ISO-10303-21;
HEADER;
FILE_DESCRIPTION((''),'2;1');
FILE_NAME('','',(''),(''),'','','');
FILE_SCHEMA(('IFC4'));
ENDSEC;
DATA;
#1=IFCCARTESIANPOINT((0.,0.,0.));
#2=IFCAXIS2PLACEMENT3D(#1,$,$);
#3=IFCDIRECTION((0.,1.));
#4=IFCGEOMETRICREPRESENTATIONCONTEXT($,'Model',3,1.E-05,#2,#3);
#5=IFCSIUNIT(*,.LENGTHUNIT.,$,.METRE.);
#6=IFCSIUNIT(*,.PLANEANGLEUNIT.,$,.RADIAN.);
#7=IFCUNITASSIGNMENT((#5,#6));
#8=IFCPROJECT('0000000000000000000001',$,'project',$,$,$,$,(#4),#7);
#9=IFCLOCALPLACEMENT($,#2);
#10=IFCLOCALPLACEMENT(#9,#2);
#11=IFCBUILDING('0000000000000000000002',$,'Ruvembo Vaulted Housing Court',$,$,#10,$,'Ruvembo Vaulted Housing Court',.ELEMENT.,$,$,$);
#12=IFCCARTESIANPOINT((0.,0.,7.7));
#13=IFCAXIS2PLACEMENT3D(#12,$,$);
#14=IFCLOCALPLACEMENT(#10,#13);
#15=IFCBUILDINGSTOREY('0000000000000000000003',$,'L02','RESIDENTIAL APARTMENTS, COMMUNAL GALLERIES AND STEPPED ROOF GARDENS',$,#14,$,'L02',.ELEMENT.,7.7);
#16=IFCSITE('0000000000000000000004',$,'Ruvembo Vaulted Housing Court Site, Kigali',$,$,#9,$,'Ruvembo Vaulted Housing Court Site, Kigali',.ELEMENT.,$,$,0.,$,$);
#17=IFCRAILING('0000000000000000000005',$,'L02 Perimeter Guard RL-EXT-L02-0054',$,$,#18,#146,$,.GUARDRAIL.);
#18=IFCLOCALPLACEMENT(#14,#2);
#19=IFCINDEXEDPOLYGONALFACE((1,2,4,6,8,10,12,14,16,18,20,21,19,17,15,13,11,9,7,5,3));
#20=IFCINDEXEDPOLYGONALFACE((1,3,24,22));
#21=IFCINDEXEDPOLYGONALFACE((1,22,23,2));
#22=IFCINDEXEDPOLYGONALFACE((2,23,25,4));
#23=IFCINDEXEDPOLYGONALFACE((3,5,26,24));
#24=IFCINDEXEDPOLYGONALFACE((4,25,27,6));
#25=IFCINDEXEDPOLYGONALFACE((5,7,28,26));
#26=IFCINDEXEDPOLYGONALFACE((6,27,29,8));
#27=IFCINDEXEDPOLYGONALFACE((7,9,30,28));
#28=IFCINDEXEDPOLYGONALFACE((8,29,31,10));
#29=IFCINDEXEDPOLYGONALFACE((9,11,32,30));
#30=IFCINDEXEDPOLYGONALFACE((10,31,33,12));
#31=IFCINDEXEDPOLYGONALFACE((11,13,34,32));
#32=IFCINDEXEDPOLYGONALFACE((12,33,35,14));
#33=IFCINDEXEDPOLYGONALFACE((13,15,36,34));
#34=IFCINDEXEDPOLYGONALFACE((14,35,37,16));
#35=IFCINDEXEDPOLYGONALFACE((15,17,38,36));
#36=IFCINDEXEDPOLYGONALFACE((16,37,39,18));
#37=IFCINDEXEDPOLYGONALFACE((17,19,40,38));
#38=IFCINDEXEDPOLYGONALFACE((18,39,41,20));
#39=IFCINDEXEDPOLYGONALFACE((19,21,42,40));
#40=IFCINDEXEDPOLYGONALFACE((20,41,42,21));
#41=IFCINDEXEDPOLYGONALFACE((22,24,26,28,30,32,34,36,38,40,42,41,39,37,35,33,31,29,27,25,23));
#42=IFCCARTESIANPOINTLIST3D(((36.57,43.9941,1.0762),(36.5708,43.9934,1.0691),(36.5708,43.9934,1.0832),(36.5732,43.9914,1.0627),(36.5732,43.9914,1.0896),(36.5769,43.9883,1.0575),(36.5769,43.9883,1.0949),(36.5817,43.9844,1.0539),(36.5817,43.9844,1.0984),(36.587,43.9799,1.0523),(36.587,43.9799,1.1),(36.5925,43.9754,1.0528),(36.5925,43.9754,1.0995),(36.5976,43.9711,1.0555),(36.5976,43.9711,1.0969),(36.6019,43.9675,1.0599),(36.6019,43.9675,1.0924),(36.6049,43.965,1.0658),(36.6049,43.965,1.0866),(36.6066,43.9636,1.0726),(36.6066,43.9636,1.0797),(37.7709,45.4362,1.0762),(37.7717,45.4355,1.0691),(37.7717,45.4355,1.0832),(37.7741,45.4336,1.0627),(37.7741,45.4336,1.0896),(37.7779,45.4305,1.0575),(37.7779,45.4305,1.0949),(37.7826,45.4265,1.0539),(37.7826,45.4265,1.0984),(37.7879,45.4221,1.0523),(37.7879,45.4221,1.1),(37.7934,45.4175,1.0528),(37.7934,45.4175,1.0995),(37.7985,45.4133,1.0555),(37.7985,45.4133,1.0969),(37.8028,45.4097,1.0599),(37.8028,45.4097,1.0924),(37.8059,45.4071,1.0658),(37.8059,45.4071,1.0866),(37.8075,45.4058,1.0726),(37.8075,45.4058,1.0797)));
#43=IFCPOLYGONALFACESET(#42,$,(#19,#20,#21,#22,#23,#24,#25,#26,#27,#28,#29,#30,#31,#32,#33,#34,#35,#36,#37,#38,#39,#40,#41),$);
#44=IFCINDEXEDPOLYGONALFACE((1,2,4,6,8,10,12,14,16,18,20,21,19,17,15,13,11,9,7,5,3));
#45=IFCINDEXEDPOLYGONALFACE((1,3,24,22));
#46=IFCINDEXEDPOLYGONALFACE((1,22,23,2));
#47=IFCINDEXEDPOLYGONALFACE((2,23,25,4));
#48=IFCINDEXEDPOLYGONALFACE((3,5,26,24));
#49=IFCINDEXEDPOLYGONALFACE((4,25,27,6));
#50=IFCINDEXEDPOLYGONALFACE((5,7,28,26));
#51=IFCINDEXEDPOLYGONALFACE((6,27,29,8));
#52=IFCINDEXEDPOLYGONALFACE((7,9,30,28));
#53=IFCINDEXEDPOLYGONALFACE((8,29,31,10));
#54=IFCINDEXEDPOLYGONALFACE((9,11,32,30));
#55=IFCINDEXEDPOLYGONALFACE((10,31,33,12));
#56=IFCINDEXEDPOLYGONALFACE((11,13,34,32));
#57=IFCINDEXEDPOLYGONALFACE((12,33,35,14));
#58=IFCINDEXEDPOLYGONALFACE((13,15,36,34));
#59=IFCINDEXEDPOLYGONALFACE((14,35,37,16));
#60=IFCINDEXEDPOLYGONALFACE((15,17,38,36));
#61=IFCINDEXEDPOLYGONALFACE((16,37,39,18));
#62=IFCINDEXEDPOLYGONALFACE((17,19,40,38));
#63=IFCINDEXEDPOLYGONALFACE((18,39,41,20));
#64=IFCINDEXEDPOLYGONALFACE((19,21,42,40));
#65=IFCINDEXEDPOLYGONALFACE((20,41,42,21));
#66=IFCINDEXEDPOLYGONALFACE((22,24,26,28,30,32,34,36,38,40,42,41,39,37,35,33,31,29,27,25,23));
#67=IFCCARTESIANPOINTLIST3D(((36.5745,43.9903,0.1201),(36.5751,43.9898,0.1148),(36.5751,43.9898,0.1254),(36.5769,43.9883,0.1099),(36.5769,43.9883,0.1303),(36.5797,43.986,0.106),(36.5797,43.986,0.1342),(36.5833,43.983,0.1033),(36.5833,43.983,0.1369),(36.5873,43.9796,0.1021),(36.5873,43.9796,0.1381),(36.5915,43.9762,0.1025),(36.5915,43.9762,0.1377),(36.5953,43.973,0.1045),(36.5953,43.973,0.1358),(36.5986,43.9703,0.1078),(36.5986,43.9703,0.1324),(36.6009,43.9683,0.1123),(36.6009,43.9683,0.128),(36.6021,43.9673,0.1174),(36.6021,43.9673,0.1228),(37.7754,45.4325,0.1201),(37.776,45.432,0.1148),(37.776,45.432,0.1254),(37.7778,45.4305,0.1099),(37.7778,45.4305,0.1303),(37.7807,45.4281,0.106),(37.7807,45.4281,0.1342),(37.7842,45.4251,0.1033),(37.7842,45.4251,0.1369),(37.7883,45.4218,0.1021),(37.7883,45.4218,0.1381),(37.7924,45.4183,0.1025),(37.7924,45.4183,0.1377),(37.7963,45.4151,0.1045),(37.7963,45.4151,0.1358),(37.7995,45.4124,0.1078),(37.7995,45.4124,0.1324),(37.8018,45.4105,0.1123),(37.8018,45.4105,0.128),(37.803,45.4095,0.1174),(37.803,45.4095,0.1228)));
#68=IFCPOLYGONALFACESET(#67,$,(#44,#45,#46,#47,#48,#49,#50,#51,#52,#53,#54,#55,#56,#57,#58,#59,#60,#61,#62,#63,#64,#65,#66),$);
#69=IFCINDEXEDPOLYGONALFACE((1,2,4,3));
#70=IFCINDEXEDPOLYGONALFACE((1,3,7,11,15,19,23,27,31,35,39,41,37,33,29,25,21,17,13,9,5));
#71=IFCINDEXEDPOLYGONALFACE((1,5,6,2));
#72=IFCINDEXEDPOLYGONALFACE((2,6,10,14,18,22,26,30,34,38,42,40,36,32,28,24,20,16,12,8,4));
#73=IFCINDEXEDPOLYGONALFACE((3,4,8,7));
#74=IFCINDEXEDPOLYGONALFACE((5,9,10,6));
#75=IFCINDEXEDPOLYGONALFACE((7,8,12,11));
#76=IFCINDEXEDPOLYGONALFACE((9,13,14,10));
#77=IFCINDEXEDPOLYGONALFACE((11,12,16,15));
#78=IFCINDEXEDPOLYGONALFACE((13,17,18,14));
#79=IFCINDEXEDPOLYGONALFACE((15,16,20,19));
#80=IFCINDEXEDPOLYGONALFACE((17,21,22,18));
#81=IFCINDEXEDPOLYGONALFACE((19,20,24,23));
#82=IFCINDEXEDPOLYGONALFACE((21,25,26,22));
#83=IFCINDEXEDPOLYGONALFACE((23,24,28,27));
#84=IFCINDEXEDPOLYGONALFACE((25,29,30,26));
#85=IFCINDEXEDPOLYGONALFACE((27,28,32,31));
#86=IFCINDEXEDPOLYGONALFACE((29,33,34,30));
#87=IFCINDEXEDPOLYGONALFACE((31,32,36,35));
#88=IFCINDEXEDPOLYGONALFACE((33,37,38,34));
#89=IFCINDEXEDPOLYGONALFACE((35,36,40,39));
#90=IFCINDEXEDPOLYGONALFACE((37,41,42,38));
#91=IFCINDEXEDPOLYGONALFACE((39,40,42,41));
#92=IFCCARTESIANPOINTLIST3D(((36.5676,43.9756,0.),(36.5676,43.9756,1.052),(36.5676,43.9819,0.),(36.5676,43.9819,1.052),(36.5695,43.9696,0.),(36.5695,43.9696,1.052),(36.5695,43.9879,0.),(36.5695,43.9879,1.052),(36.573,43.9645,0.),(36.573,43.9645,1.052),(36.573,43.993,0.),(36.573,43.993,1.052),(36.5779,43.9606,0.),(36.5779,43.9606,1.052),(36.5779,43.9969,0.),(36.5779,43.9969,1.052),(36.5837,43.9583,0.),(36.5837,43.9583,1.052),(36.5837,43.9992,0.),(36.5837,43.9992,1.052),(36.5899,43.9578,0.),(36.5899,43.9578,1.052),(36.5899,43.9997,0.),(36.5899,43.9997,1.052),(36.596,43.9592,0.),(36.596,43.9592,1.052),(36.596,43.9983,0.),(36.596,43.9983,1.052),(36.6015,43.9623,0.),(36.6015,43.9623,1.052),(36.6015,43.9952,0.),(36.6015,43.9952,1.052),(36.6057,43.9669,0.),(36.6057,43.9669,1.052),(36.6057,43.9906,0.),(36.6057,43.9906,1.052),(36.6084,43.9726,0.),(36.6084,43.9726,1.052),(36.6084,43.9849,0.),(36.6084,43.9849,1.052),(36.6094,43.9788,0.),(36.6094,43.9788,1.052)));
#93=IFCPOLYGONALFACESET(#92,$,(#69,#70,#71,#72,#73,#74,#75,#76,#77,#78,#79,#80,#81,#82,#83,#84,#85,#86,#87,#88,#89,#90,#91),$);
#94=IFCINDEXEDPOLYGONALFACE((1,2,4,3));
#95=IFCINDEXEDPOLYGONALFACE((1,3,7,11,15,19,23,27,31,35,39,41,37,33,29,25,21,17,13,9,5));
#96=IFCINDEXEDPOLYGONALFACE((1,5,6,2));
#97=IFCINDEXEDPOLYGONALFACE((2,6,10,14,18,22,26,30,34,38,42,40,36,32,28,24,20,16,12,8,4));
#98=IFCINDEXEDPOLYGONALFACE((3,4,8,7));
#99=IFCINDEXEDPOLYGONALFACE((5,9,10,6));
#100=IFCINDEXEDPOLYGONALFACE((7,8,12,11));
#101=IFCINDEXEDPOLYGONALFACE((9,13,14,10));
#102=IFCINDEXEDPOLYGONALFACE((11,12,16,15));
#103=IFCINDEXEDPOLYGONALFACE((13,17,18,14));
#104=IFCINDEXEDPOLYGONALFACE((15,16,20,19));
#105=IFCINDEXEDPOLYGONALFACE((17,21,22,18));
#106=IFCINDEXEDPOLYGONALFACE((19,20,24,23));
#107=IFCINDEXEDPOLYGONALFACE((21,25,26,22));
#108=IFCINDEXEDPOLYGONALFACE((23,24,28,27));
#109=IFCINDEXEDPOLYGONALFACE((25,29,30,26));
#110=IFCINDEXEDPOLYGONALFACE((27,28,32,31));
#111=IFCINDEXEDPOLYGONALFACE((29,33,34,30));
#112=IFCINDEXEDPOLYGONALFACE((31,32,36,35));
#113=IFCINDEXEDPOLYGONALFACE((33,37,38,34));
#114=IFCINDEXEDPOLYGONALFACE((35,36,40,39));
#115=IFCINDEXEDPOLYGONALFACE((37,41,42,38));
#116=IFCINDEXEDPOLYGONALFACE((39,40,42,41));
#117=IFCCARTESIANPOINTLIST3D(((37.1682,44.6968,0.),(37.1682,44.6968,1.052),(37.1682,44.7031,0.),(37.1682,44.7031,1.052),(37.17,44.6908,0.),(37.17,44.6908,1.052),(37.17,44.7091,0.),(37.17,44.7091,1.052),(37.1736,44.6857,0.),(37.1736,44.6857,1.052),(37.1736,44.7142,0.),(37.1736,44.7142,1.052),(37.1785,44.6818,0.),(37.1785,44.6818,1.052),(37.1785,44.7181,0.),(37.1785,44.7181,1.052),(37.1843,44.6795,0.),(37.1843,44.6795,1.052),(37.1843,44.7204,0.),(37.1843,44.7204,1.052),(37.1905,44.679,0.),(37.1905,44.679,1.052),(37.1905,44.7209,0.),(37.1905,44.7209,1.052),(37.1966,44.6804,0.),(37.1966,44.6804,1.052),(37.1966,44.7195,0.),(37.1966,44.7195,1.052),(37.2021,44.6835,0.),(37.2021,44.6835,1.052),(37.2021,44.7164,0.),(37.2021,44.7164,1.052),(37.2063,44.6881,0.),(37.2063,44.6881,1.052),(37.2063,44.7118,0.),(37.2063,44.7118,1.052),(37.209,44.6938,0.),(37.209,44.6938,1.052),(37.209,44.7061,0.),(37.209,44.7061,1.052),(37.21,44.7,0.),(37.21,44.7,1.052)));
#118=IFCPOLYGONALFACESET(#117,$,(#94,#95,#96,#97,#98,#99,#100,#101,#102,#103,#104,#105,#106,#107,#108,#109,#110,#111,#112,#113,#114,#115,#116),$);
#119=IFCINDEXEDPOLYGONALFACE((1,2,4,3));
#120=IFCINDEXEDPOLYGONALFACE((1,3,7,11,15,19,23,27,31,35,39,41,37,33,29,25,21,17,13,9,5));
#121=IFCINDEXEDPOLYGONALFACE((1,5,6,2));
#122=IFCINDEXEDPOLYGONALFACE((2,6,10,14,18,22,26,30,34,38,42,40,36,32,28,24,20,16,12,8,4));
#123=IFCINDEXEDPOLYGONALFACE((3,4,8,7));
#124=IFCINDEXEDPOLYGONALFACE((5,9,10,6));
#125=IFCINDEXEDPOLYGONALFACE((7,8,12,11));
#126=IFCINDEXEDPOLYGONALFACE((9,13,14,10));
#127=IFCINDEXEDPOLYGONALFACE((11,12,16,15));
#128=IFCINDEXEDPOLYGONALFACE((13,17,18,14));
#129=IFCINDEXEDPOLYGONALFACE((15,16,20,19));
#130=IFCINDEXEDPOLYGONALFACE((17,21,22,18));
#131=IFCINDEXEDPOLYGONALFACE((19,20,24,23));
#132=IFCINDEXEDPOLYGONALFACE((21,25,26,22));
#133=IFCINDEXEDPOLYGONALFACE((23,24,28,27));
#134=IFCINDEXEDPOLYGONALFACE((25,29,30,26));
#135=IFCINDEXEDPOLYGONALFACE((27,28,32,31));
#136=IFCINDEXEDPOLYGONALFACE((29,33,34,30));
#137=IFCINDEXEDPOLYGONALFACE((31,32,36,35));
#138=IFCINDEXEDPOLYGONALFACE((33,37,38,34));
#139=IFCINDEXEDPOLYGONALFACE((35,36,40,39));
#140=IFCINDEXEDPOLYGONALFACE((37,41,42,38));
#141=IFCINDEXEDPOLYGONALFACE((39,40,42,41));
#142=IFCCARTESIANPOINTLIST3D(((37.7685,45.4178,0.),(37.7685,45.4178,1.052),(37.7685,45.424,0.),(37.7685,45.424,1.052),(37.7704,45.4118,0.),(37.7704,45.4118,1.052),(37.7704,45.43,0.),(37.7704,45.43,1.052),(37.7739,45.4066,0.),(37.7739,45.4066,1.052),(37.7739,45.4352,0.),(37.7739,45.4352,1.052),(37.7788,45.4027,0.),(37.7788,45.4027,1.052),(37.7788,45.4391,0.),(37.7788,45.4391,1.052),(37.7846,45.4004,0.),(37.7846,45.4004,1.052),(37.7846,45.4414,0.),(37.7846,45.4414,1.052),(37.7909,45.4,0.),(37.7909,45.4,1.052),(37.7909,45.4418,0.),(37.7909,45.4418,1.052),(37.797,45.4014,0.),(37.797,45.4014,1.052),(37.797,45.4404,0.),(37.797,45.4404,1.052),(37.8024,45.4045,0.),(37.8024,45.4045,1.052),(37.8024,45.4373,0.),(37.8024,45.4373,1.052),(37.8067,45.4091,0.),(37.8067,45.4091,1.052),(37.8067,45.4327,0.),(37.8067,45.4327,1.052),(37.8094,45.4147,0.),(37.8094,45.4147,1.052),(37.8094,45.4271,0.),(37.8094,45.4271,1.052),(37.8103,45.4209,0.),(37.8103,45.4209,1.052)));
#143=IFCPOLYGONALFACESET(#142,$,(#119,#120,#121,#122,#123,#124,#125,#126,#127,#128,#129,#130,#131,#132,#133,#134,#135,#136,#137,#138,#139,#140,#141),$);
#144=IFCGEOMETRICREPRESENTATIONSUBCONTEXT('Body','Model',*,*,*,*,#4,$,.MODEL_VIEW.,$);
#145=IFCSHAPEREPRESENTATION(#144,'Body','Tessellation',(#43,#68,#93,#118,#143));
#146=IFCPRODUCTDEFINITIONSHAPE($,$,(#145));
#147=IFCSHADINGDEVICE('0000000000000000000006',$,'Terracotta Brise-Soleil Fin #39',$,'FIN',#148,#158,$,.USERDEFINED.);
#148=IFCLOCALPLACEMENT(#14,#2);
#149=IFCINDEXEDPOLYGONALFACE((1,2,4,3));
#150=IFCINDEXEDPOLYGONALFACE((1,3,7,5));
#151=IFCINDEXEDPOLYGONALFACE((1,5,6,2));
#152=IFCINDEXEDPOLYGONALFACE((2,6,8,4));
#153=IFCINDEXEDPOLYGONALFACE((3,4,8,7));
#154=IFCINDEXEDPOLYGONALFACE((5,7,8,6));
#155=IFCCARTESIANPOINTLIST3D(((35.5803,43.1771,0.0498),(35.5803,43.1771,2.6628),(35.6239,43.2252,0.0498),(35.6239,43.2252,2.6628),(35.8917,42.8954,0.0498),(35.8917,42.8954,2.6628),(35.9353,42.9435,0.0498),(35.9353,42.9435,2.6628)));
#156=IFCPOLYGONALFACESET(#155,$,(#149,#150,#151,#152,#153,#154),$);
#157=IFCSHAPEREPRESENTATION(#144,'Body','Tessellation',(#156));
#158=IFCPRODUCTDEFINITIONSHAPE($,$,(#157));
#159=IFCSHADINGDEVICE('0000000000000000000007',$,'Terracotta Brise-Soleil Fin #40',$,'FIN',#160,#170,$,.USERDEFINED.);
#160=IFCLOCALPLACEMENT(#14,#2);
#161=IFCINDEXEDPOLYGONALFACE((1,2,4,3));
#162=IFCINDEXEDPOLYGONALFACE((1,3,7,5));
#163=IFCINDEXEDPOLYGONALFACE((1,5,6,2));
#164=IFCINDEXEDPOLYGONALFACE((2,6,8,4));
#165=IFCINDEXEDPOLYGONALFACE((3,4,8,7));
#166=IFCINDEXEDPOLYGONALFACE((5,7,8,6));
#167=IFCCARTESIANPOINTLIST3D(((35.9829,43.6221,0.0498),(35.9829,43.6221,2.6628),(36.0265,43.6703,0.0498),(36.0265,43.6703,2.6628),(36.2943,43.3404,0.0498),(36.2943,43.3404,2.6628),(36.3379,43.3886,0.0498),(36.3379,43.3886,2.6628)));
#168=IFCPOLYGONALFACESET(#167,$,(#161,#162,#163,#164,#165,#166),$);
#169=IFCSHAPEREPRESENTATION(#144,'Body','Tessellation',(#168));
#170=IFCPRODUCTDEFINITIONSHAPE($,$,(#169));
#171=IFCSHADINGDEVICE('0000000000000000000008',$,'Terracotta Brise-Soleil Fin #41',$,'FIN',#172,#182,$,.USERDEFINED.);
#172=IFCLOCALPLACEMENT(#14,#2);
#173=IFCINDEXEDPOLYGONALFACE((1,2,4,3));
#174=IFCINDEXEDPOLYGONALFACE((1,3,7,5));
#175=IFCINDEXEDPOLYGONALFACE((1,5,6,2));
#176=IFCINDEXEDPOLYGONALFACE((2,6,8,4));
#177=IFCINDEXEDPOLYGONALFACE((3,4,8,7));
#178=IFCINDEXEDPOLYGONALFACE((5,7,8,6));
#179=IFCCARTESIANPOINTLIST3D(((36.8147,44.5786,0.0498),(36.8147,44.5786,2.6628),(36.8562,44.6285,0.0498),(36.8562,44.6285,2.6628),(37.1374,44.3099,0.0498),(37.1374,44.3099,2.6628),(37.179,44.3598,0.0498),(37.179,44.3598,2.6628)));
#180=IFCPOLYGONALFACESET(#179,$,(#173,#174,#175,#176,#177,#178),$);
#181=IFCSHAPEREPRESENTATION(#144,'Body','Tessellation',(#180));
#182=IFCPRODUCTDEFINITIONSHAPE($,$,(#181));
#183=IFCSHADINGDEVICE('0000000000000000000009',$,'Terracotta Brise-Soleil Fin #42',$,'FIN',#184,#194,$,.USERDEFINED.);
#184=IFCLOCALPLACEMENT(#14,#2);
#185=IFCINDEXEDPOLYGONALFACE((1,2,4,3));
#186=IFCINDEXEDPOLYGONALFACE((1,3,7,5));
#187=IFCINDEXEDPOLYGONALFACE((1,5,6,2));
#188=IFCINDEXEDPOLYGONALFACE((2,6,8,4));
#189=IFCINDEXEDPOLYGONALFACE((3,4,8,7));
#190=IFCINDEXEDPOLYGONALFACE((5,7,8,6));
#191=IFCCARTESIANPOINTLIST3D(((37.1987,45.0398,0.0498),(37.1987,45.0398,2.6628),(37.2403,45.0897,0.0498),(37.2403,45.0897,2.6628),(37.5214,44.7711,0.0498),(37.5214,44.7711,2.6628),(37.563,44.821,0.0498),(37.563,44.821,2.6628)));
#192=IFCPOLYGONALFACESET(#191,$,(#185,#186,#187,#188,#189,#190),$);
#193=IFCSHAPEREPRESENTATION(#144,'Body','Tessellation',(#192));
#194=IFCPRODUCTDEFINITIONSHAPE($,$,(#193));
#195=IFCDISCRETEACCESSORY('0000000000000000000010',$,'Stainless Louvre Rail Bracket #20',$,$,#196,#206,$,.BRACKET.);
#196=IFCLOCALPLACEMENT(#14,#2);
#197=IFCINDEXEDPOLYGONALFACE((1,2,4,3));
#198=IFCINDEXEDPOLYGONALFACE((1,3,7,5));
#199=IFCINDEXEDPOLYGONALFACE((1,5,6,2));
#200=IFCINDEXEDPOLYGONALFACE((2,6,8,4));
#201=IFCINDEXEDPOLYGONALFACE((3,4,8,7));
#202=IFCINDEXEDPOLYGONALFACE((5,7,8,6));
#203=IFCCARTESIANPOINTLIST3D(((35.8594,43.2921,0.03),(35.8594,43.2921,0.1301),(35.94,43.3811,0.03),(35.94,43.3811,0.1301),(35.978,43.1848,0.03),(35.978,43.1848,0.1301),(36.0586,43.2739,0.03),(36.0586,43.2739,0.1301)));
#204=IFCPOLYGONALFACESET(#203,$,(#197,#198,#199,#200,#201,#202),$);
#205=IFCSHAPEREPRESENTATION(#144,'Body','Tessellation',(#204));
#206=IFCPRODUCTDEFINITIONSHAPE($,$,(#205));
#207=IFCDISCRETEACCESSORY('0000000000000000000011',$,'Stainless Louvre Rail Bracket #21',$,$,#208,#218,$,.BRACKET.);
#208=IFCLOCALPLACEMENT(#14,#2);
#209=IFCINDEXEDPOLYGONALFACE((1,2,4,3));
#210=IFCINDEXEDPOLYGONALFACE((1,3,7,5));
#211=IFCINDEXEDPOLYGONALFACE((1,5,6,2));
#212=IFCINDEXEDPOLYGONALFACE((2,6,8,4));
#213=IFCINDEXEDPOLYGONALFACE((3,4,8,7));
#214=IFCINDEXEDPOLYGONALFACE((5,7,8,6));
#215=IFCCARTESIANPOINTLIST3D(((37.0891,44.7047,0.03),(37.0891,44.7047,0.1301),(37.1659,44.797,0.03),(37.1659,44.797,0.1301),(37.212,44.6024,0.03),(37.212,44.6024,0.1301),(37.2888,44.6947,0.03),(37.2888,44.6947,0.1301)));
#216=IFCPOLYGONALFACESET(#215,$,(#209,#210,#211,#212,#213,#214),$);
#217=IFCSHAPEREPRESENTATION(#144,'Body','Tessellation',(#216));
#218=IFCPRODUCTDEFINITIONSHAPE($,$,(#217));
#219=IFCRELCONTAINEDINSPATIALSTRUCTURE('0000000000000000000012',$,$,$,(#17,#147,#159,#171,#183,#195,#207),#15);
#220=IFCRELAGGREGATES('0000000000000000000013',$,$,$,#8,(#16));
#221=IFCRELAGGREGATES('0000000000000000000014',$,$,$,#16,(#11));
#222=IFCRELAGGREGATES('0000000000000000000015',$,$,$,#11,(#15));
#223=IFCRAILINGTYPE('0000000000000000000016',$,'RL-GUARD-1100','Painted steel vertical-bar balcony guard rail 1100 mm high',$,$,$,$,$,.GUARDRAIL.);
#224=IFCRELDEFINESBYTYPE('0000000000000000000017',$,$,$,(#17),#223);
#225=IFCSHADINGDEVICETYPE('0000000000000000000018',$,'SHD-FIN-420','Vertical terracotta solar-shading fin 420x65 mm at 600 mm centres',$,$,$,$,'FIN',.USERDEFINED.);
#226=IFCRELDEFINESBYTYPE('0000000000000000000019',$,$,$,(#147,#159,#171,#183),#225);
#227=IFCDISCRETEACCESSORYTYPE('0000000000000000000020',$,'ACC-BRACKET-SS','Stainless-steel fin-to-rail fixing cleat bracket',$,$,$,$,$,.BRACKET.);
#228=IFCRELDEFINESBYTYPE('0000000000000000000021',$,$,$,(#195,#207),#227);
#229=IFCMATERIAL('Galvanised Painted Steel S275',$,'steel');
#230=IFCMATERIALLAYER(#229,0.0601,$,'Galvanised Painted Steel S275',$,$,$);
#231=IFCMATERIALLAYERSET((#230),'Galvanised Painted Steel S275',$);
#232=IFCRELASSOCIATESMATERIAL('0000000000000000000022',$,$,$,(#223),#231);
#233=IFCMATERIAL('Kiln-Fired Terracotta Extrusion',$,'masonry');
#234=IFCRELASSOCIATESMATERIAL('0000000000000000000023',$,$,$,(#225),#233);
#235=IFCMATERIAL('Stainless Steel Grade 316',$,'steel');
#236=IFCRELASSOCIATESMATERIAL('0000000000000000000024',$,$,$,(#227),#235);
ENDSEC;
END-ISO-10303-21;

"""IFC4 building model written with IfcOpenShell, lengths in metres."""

from ifc_helpers import new_model, si_unit, direction, frame, origin, origin_2d, place, context, subcontext, project, spatial, rectangle, circle, extrude, material, layer, layer_set, type_object, element, save


model = new_model("IFC4")

# Units and contexts
model_context = context("Model", 3, precision=1e-05, world=origin(), true_north=direction((0.0, 1.0)))
body_context = subcontext(model_context, "Body", "Model", "MODEL_VIEW")
ifc_project = project(units=[si_unit("LENGTHUNIT", "METRE"), si_unit("PLANEANGLEUNIT", "RADIAN")], contexts=[model_context])

# Site, building, storey
site_placement = place(None, origin())
site = spatial("IfcSite", under=ifc_project, at=site_placement, Name="Ruvembo Vaulted Housing Court Site, Kigali", LongName="Ruvembo Vaulted Housing Court Site, Kigali", CompositionType="ELEMENT", RefElevation=0.0)
building_placement = place(site_placement, origin())
building = spatial("IfcBuilding", under=site, at=building_placement, Name="Ruvembo Vaulted Housing Court", LongName="Ruvembo Vaulted Housing Court", CompositionType="ELEMENT")
storey_placement = place(building_placement, frame((0.0, 0.0, 7.7)))
storey = spatial("IfcBuildingStorey", under=building, at=storey_placement, Name="L02", Description="RESIDENTIAL APARTMENTS, COMMUNAL GALLERIES AND STEPPED ROOF GARDENS", LongName="L02", CompositionType="ELEMENT", Elevation=7.7)

# Railing
ifc_material_1 = material(Name="Galvanised Painted Steel S275", Category="steel")
ifc_layer_1 = layer(ifc_material_1, 0.0601, Name="Galvanised Painted Steel S275")
ifc_layer_set_1 = layer_set([ifc_layer_1], Name="Galvanised Painted Steel S275")
railing_type = type_object("IfcRailingType", Name="RL-GUARD-1100", Description="Painted steel vertical-bar balcony guard rail 1100 mm high", PredefinedType="GUARDRAIL", material=ifc_layer_set_1)
railing_1_placement = place(storey_placement, frame((36.5884, 43.9788, 0.0)))
element("IfcRailing", 1, at=railing_1_placement, inside=storey, type_object=railing_type, Name="L02 Perimeter Guard RL-EXT-L02-0054", PredefinedType="GUARDRAIL", context=body_context, shape_type="SweptSolid", body=[
    extrude(circle(Radius=0.0239, at=origin_2d()), frame((0.0, 0.0, 1.0762), z_axis=(0.639916, 0.768445, 0.0), x_axis=(-0.768445, 0.639916, 0.0)), (0.0, 0.0, 1.0), 1.8767),
    extrude(circle(Radius=0.0181, at=origin_2d()), frame((0.0, 0.0, 0.1201), z_axis=(0.639916, 0.768445, 0.0), x_axis=(-0.768445, 0.639916, 0.0)), (0.0, 0.0, 1.0), 1.8767),
    extrude(circle(Radius=0.021, at=origin_2d()), origin(), (0.0, 0.0, 1.0), 1.052),
    extrude(circle(Radius=0.021, at=origin_2d()), frame((0.6006, 0.7212, 0.0)), (0.0, 0.0, 1.0), 1.052),
    extrude(circle(Radius=0.021, at=origin_2d()), frame((1.2009, 1.4421, 0.0)), (0.0, 0.0, 1.0), 1.052),
])

# Shading devices
ifc_material_2 = material(Name="Kiln-Fired Terracotta Extrusion", Category="masonry")
shading_device_type = type_object("IfcShadingDeviceType", Name="SHD-FIN-420", Description="Vertical terracotta solar-shading fin 420x65 mm at 600 mm centres", ElementType="FIN", PredefinedType="USERDEFINED", material=ifc_material_2)
for number, where, z_axis, x_axis, name in (
    (2, (35.7578, 43.0603, 0.0498), (0.0, 0.0, 1.0), (0.741601, -0.670841, 0.0), "Terracotta Brise-Soleil Fin #39"),
    (3, (36.1604, 43.5054, 0.0498), (0.0, 0.0, 1.0), (0.741601, -0.670841, 0.0), "Terracotta Brise-Soleil Fin #40"),
    (4, (36.9968, 44.4692, 0.0498), (0.0, 0.0, 1.0), (0.768496, -0.639855, 0.0), "Terracotta Brise-Soleil Fin #41"),
    (5, (37.3809, 44.9304, 0.0498), (0.0, 0.0, 1.0), (0.768496, -0.639855, 0.0), "Terracotta Brise-Soleil Fin #42"),
):
    element("IfcShadingDevice", number, at=place(storey_placement, frame(where, z_axis=z_axis, x_axis=x_axis)), inside=storey, type_object=shading_device_type, Name=name, ObjectType="FIN", PredefinedType="USERDEFINED", context=body_context, shape_type="SweptSolid", body=[
        extrude(rectangle(XDim=0.4199, YDim=0.0649, at=origin_2d()), origin(), (0.0, 0.0, 1.0), 2.613),
    ])

# Discrete accessories
ifc_material_3 = material(Name="Stainless Steel Grade 316", Category="steel")
discrete_accessory_type = type_object("IfcDiscreteAccessoryType", Name="ACC-BRACKET-SS", Description="Stainless-steel fin-to-rail fixing cleat bracket", PredefinedType="BRACKET", material=ifc_material_3)
for number, where, z_axis, x_axis, name in (
    (6, (35.959, 43.283, 0.03), (0.0, 0.0, 1.0), (0.741601, -0.670841, 0.0), "Stainless Louvre Rail Bracket #20"),
    (7, (37.189, 44.6997, 0.03), (0.0, 0.0, 1.0), (0.768496, -0.639855, 0.0), "Stainless Louvre Rail Bracket #21"),
):
    element("IfcDiscreteAccessory", number, at=place(storey_placement, frame(where, z_axis=z_axis, x_axis=x_axis)), inside=storey, type_object=discrete_accessory_type, Name=name, PredefinedType="BRACKET", context=body_context, shape_type="SweptSolid", body=[
        extrude(rectangle(XDim=0.1599, YDim=0.1201, at=origin_2d()), origin(), (0.0, 0.0, 1.0), 0.1001),
    ])

save(model, "model.ifc")
